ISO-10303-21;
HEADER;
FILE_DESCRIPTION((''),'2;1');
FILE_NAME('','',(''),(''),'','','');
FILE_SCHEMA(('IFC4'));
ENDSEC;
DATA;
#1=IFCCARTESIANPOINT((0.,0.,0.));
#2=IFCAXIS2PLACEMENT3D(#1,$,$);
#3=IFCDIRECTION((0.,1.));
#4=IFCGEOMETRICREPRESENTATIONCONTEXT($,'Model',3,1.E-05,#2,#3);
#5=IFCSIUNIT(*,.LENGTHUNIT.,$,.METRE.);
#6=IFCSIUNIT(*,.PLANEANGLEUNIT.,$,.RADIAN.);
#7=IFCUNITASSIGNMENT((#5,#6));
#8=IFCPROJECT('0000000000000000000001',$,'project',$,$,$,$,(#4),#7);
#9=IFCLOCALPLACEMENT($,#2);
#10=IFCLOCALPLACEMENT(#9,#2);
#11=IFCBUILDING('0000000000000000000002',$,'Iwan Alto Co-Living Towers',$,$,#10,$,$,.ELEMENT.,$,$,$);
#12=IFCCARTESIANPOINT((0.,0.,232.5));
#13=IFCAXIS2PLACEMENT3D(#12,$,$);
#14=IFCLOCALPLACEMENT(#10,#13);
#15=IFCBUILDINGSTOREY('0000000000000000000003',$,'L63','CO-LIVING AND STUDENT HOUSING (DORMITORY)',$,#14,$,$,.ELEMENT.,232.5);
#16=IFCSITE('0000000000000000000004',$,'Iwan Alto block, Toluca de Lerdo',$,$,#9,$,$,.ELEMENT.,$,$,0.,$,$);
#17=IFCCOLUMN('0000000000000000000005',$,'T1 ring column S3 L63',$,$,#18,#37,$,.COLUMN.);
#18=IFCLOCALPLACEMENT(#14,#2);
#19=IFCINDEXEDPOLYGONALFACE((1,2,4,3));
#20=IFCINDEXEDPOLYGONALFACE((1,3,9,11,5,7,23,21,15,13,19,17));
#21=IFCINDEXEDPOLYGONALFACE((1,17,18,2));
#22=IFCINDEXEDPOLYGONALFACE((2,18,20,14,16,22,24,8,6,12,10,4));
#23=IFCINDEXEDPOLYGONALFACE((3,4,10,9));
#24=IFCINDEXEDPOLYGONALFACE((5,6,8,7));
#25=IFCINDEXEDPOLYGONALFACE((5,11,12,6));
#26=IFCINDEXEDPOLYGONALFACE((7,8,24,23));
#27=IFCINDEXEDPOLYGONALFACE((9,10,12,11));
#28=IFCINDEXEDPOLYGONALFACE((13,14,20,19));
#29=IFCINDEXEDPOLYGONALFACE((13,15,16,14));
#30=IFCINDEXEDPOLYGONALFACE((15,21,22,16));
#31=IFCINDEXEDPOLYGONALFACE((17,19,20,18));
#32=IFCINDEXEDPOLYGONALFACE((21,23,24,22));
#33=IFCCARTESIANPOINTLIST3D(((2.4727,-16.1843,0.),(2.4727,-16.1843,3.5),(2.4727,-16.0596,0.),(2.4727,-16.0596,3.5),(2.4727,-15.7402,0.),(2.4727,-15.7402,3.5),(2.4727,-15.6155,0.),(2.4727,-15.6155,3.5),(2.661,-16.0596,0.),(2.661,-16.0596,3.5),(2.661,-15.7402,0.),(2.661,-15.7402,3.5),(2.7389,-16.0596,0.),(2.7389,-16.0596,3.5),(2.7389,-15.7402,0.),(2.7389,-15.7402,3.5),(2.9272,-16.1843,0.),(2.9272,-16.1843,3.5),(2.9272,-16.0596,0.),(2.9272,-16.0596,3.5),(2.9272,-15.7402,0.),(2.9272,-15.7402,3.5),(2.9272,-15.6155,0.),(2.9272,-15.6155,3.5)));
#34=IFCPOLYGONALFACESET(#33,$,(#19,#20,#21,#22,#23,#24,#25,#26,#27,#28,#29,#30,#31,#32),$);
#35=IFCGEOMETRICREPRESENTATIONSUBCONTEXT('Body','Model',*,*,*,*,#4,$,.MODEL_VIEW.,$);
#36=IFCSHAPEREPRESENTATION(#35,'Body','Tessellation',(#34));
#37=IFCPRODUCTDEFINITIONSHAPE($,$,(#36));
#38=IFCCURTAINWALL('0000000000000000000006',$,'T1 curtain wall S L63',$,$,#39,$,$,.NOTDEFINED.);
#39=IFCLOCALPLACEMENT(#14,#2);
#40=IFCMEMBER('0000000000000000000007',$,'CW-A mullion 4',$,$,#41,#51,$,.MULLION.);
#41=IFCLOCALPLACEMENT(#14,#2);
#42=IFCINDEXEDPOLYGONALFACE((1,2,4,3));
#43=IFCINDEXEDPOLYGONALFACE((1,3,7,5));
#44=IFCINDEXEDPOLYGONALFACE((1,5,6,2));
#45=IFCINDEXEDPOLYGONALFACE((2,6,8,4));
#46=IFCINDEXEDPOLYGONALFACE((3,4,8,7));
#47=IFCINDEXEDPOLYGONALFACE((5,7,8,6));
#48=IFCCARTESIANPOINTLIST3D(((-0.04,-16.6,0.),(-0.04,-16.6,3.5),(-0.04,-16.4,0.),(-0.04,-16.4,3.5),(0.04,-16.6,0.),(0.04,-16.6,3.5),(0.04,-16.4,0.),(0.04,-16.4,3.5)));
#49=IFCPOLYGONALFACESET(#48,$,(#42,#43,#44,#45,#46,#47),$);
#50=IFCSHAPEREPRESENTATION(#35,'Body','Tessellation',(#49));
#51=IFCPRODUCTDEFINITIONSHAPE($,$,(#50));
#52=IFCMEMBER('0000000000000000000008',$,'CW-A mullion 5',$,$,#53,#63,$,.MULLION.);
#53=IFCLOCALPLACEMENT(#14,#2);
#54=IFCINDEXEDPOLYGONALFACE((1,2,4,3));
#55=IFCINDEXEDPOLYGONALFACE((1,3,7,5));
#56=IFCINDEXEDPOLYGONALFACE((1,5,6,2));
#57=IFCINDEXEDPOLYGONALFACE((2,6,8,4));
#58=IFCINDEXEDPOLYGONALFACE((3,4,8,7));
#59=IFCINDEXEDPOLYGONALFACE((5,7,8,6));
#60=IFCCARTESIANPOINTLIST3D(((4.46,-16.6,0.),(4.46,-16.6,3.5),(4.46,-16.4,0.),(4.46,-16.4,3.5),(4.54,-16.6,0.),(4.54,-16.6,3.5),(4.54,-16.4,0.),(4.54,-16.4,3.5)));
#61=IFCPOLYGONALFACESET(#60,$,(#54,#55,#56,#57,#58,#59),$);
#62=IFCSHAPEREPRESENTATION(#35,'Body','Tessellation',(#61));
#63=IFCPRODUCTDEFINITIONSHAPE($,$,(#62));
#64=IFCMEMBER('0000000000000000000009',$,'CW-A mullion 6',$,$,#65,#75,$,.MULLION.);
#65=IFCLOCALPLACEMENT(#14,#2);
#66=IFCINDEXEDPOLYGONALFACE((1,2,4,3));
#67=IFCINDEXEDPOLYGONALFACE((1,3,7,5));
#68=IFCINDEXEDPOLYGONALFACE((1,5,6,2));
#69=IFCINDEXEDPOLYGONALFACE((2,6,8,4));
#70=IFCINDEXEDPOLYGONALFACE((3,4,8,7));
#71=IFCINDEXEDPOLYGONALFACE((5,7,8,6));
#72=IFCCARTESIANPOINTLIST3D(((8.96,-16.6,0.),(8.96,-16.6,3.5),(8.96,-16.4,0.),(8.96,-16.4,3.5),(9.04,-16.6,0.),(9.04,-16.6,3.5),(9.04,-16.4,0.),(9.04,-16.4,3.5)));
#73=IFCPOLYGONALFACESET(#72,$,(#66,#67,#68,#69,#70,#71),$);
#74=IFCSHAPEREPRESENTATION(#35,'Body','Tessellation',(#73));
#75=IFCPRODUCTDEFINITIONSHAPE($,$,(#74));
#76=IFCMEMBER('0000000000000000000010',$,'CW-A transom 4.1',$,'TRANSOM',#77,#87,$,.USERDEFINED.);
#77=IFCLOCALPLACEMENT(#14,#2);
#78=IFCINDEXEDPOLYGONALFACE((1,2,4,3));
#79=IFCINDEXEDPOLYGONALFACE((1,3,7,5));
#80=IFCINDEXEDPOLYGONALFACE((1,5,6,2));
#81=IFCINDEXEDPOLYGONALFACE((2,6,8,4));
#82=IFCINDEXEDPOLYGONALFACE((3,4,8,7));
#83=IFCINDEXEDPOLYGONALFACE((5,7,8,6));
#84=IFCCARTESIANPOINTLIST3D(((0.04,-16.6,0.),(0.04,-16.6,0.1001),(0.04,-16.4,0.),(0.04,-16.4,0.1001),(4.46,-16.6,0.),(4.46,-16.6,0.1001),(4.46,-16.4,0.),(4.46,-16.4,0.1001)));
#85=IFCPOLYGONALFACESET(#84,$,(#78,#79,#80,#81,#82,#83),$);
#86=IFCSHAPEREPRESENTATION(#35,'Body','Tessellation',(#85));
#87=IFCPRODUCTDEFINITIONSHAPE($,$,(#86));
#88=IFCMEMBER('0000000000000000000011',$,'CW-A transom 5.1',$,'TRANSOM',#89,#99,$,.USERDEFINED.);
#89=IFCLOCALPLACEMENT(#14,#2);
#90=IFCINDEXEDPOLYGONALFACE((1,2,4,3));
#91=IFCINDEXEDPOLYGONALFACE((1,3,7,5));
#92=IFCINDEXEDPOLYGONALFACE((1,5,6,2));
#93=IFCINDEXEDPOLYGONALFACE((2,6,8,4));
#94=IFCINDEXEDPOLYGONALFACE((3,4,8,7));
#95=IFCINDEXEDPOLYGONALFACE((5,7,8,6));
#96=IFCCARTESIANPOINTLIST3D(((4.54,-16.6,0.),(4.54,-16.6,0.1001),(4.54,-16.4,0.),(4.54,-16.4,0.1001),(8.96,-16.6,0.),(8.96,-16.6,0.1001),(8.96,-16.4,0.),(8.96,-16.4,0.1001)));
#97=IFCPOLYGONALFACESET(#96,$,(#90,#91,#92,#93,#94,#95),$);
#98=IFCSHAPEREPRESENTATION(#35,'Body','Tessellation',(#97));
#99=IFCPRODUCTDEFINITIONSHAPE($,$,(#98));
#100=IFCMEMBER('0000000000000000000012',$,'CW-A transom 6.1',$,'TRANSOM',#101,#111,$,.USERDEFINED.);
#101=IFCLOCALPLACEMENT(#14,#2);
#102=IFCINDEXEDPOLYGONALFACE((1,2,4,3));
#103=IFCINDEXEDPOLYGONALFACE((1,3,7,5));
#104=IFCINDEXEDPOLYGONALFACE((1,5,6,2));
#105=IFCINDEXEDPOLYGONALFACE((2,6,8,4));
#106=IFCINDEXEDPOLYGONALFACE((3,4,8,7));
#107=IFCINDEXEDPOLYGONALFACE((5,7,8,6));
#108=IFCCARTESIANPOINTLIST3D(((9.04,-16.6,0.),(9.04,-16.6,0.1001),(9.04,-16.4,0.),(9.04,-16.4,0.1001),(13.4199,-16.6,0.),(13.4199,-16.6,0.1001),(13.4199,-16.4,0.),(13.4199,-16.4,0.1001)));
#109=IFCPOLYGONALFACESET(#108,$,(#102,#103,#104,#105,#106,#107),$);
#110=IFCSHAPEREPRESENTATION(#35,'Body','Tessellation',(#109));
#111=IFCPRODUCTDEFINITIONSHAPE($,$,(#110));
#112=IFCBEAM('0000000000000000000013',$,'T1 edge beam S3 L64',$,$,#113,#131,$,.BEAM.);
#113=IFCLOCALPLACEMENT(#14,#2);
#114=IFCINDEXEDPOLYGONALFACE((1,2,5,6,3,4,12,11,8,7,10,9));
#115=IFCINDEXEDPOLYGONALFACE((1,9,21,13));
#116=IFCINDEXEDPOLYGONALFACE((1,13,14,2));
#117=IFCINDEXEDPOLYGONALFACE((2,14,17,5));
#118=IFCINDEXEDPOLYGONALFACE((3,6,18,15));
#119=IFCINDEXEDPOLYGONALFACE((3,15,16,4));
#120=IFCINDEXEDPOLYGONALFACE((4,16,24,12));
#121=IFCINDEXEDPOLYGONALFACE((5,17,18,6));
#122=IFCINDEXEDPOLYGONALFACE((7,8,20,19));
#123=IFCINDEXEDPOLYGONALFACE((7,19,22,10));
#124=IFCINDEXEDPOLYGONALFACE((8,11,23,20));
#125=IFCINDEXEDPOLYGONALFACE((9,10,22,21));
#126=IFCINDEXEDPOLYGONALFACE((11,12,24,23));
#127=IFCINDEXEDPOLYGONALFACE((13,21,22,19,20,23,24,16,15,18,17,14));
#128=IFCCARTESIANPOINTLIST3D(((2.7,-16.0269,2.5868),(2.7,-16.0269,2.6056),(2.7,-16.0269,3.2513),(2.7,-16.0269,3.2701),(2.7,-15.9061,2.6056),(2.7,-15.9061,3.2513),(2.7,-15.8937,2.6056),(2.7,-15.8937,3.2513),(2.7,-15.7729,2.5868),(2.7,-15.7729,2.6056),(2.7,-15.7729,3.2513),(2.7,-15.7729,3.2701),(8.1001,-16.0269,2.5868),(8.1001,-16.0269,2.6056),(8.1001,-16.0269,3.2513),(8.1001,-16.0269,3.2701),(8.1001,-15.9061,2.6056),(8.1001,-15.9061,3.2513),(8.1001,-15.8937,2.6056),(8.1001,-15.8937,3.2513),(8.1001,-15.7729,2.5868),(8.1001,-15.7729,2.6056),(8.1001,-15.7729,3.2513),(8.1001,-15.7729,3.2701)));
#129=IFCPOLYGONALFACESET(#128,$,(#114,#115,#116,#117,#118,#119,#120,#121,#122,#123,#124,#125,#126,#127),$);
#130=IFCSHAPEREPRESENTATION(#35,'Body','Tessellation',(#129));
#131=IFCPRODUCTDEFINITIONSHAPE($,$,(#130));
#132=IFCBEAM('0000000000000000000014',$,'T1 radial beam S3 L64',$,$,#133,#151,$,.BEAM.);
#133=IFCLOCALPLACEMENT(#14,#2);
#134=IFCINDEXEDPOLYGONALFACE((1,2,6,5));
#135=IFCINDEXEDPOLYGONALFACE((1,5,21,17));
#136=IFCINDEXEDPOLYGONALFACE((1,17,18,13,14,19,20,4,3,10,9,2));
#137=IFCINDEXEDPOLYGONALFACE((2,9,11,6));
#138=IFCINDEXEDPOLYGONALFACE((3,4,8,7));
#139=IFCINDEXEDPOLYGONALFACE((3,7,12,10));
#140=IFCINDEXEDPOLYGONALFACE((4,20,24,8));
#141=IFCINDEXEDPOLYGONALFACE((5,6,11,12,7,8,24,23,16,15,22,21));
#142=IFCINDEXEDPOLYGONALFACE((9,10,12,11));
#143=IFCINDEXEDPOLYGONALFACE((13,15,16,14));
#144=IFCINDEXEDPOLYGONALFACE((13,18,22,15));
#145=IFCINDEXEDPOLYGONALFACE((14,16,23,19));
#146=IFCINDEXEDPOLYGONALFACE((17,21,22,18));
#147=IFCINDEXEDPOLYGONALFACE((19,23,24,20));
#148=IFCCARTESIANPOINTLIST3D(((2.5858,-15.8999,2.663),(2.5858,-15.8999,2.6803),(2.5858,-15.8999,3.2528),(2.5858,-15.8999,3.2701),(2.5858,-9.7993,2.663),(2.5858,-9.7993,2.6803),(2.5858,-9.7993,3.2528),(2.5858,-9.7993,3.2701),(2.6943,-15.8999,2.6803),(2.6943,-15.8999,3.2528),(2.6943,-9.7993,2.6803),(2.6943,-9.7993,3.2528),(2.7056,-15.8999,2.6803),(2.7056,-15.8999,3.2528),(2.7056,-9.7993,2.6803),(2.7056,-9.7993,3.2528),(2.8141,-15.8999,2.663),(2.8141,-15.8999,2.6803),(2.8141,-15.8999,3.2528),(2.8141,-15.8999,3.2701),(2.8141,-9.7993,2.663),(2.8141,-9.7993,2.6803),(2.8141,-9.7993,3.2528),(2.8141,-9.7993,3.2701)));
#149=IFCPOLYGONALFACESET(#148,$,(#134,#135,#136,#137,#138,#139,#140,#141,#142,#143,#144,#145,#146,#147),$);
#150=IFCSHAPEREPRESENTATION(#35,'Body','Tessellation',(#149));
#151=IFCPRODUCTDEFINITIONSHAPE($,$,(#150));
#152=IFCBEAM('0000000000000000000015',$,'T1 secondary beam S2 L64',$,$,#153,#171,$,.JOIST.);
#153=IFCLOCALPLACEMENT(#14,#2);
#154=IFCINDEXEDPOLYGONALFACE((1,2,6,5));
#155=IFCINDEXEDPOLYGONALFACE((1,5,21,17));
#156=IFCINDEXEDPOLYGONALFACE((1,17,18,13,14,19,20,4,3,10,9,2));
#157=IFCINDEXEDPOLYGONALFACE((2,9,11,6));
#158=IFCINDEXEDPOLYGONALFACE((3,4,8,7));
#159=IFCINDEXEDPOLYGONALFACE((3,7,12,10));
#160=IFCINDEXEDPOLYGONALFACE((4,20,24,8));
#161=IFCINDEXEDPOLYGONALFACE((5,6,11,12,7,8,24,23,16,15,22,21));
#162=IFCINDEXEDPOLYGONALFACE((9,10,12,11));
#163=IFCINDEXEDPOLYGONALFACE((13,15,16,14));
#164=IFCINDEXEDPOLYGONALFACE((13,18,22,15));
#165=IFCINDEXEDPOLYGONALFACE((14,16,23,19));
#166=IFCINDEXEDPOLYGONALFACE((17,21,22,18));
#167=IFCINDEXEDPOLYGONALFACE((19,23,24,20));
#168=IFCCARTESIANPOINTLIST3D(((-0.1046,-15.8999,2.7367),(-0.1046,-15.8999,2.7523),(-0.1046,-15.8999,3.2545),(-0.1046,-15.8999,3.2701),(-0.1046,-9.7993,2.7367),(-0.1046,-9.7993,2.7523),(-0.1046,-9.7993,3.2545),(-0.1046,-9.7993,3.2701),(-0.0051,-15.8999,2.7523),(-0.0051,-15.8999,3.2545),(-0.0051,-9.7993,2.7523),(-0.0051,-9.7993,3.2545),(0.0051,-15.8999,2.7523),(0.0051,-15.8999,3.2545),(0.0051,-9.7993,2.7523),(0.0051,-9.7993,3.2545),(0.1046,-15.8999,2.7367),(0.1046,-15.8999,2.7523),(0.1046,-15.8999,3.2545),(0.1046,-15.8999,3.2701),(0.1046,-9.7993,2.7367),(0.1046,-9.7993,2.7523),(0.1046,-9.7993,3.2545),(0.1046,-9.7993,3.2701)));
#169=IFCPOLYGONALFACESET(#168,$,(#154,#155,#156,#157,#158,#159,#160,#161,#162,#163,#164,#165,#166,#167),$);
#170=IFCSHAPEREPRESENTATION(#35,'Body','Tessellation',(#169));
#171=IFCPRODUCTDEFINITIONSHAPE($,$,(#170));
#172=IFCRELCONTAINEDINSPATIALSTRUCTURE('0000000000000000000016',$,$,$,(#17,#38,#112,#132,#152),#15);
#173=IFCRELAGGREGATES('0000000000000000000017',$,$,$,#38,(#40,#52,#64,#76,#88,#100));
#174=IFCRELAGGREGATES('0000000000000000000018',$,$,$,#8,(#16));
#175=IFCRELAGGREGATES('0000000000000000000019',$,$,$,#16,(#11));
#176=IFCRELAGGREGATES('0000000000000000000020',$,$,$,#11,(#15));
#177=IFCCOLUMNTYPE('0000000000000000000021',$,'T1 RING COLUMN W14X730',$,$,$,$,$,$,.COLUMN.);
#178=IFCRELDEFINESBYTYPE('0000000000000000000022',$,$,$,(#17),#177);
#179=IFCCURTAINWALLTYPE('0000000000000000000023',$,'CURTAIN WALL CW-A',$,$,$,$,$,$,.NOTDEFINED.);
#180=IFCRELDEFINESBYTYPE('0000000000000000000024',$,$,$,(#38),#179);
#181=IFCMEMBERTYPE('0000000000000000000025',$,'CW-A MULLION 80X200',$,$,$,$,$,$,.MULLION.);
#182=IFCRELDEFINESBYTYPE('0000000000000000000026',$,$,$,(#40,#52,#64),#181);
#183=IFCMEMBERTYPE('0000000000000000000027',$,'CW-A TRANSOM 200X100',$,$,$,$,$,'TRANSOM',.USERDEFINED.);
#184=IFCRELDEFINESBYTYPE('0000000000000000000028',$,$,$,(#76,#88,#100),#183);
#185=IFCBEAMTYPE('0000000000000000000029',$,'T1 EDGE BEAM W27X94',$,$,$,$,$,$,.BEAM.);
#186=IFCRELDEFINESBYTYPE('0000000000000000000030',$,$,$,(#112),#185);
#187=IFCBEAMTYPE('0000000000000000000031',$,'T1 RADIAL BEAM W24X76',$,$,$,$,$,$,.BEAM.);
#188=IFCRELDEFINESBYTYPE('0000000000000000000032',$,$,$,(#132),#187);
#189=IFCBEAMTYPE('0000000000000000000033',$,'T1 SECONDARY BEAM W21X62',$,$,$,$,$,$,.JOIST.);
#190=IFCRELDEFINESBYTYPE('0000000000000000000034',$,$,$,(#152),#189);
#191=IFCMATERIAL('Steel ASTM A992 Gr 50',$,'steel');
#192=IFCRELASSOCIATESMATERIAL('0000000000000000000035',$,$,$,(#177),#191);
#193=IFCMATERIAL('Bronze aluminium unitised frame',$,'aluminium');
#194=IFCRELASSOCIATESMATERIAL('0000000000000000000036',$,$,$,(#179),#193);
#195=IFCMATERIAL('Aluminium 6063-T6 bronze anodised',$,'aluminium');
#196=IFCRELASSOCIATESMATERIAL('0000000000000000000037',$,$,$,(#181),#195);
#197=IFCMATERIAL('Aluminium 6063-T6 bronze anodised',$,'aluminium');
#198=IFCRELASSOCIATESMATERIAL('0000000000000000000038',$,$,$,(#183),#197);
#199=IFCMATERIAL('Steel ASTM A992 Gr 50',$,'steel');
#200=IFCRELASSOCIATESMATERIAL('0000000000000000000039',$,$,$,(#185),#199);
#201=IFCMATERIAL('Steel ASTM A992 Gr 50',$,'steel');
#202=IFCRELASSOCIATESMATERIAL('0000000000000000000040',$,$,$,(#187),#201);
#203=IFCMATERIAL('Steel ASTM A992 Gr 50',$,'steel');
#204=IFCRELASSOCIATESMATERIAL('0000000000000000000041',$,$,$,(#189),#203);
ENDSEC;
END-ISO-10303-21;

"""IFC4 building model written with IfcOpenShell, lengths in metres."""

from ifc_helpers import new_model, si_unit, direction, frame, origin, origin_2d, place, context, subcontext, project, spatial, rectangle, i_section, extrude, material, material_profile, profile_set, type_object, element, aggregate, save


model = new_model("IFC4")

# Units and contexts
model_context = context("Model", 3, precision=1e-05, world=origin(), true_north=direction((0.0, 1.0)))
body_context = subcontext(model_context, "Body", "Model", "MODEL_VIEW")
ifc_project = project(units=[si_unit("LENGTHUNIT", "METRE"), si_unit("PLANEANGLEUNIT", "RADIAN")], contexts=[model_context])

# Site, building, storey
site_placement = place(None, origin())
site = spatial("IfcSite", under=ifc_project, at=site_placement, Name="Iwan Alto block, Toluca de Lerdo", CompositionType="ELEMENT", RefElevation=0.0)
building_placement = place(site_placement, origin())
building = spatial("IfcBuilding", under=site, at=building_placement, Name="Iwan Alto Co-Living Towers", CompositionType="ELEMENT")
storey_placement = place(building_placement, frame((0.0, 0.0, 232.5)))
storey = spatial("IfcBuildingStorey", under=building, at=storey_placement, Name="L63", Description="CO-LIVING AND STUDENT HOUSING (DORMITORY)", CompositionType="ELEMENT", Elevation=232.5)

# Column
ifc_material_1 = material(Name="Steel ASTM A992 Gr 50", Category="steel")
ifc_material_profile_1 = material_profile(ifc_material_1, i_section(OverallWidth=0.4546, OverallDepth=0.5688, WebThickness=0.0779, FlangeThickness=0.1248, at=origin_2d()), Name="W14X730")
ifc_profile_set_1 = profile_set([ifc_material_profile_1], Name="Steel ASTM A992 Gr 50")
column_type = type_object("IfcColumnType", Name="T1 RING COLUMN W14X730", PredefinedType="COLUMN", material=ifc_profile_set_1)
column_placement = place(storey_placement, frame((2.7, -15.8999, 0.0), z_axis=(0.0, 0.0, 1.0), x_axis=(1.0, 0.0, 0.0)))
element("IfcColumn", 1, at=column_placement, inside=storey, type_object=column_type, Name="T1 ring column S3 L63", PredefinedType="COLUMN", context=body_context, shape_type="SweptSolid", body=[
    extrude(i_section(OverallWidth=0.4546, OverallDepth=0.5688, WebThickness=0.0779, FlangeThickness=0.1248, at=origin_2d()), origin(), (0.0, 0.0, 1.0), 3.5),
])

# Curtain wall, members
ifc_material_2 = material(Name="Bronze aluminium unitised frame", Category="aluminium")
curtain_wall_type = type_object("IfcCurtainWallType", Name="CURTAIN WALL CW-A", PredefinedType="NOTDEFINED", material=ifc_material_2)
curtain_wall_placement = place(storey_placement, origin())
curtain_wall = element("IfcCurtainWall", 2, at=curtain_wall_placement, inside=storey, type_object=curtain_wall_type, Name="T1 curtain wall S L63", PredefinedType="NOTDEFINED")
ifc_material_3 = material(Name="Aluminium 6063-T6 bronze anodised", Category="aluminium")
ifc_material_profile_2 = material_profile(ifc_material_3, rectangle(XDim=0.2, YDim=0.0801, at=origin_2d()), Name="AL 80X200")
ifc_profile_set_2 = profile_set([ifc_material_profile_2], Name="Aluminium 6063-T6 bronze anodised")
member_type_1 = type_object("IfcMemberType", Name="CW-A MULLION 80X200", PredefinedType="MULLION", material=ifc_profile_set_2)
member_1_placement = place(storey_placement, frame((0.0, -16.5, 0.0), z_axis=(0.0, 0.0, 1.0), x_axis=(0.0, 1.0, 0.0)))
member_1 = element("IfcMember", 3, at=member_1_placement, type_object=member_type_1, Name="CW-A mullion 4", PredefinedType="MULLION", context=body_context, shape_type="SweptSolid", body=[
    extrude(rectangle(XDim=0.2, YDim=0.0801, at=origin_2d()), origin(), (0.0, 0.0, 1.0), 3.5),
])
member_2_placement = place(storey_placement, frame((4.5, -16.5, 0.0), z_axis=(0.0, 0.0, 1.0), x_axis=(0.0, 1.0, 0.0)))
member_2 = element("IfcMember", 4, at=member_2_placement, type_object=member_type_1, Name="CW-A mullion 5", PredefinedType="MULLION", context=body_context, shape_type="SweptSolid", body=[
    extrude(rectangle(XDim=0.2, YDim=0.0801, at=origin_2d()), origin(), (0.0, 0.0, 1.0), 3.5),
])
member_3_placement = place(storey_placement, frame((9.0, -16.5, 0.0), z_axis=(0.0, 0.0, 1.0), x_axis=(0.0, 1.0, 0.0)))
member_3 = element("IfcMember", 5, at=member_3_placement, type_object=member_type_1, Name="CW-A mullion 6", PredefinedType="MULLION", context=body_context, shape_type="SweptSolid", body=[
    extrude(rectangle(XDim=0.2, YDim=0.0801, at=origin_2d()), origin(), (0.0, 0.0, 1.0), 3.5),
])
ifc_material_4 = material(Name="Aluminium 6063-T6 bronze anodised", Category="aluminium")
ifc_material_profile_3 = material_profile(ifc_material_4, rectangle(XDim=0.2, YDim=0.1001, at=origin_2d()), Name="AL 200X100")
ifc_profile_set_3 = profile_set([ifc_material_profile_3], Name="Aluminium 6063-T6 bronze anodised")
member_type_2 = type_object("IfcMemberType", Name="CW-A TRANSOM 200X100", ElementType="TRANSOM", PredefinedType="USERDEFINED", material=ifc_profile_set_3)
member_4_placement = place(storey_placement, frame((0.04, -16.5, 0.05), z_axis=(1.0, 0.0, 0.0), x_axis=(0.0, 1.0, 0.0)))
member_4 = element("IfcMember", 6, at=member_4_placement, type_object=member_type_2, Name="CW-A transom 4.1", ObjectType="TRANSOM", PredefinedType="USERDEFINED", context=body_context, shape_type="SweptSolid", body=[
    extrude(rectangle(XDim=0.2, YDim=0.1001, at=origin_2d()), origin(), (0.0, 0.0, 1.0), 4.4199),
])
member_5_placement = place(storey_placement, frame((4.54, -16.5, 0.05), z_axis=(1.0, 0.0, 0.0), x_axis=(0.0, 1.0, 0.0)))
member_5 = element("IfcMember", 7, at=member_5_placement, type_object=member_type_2, Name="CW-A transom 5.1", ObjectType="TRANSOM", PredefinedType="USERDEFINED", context=body_context, shape_type="SweptSolid", body=[
    extrude(rectangle(XDim=0.2, YDim=0.1001, at=origin_2d()), origin(), (0.0, 0.0, 1.0), 4.4199),
])
member_6_placement = place(storey_placement, frame((9.04, -16.5, 0.05), z_axis=(1.0, 0.0, 0.0), x_axis=(0.0, 1.0, 0.0)))
member_6 = element("IfcMember", 8, at=member_6_placement, type_object=member_type_2, Name="CW-A transom 6.1", ObjectType="TRANSOM", PredefinedType="USERDEFINED", context=body_context, shape_type="SweptSolid", body=[
    extrude(rectangle(XDim=0.2, YDim=0.1001, at=origin_2d()), origin(), (0.0, 0.0, 1.0), 4.3799),
])

# Beams
ifc_material_5 = material(Name="Steel ASTM A992 Gr 50", Category="steel")
ifc_material_profile_4 = material_profile(ifc_material_5, i_section(OverallWidth=0.2539, OverallDepth=0.6833, WebThickness=0.0125, FlangeThickness=0.0188, at=origin_2d()), Name="W27X94")
ifc_profile_set_4 = profile_set([ifc_material_profile_4], Name="Steel ASTM A992 Gr 50")
beam_type_1 = type_object("IfcBeamType", Name="T1 EDGE BEAM W27X94", PredefinedType="BEAM", material=ifc_profile_set_4)
beam_1_placement = place(storey_placement, frame((2.7, -15.8999, 2.9285), z_axis=(1.0, 0.0, 0.0), x_axis=(0.0, 1.0, 0.0)))
element("IfcBeam", 9, at=beam_1_placement, inside=storey, type_object=beam_type_1, Name="T1 edge beam S3 L64", PredefinedType="BEAM", context=body_context, shape_type="SweptSolid", body=[
    extrude(i_section(OverallWidth=0.2539, OverallDepth=0.6833, WebThickness=0.0125, FlangeThickness=0.0188, at=origin_2d()), origin(), (0.0, 0.0, 1.0), 5.4001),
])
ifc_material_6 = material(Name="Steel ASTM A992 Gr 50", Category="steel")
ifc_material_profile_5 = material_profile(ifc_material_6, i_section(OverallWidth=0.2283, OverallDepth=0.6072, WebThickness=0.0112, FlangeThickness=0.0173, at=origin_2d()), Name="W24X76")
ifc_profile_set_5 = profile_set([ifc_material_profile_5], Name="Steel ASTM A992 Gr 50")
beam_type_2 = type_object("IfcBeamType", Name="T1 RADIAL BEAM W24X76", PredefinedType="BEAM", material=ifc_profile_set_5)
beam_2_placement = place(storey_placement, frame((2.7, -15.8999, 2.9666), z_axis=(0.0, 1.0, 0.0), x_axis=(-1.0, 0.0, 0.0)))
element("IfcBeam", 10, at=beam_2_placement, inside=storey, type_object=beam_type_2, Name="T1 radial beam S3 L64", PredefinedType="BEAM", context=body_context, shape_type="SweptSolid", body=[
    extrude(i_section(OverallWidth=0.2283, OverallDepth=0.6072, WebThickness=0.0112, FlangeThickness=0.0173, at=origin_2d()), origin(), (0.0, 0.0, 1.0), 6.1006),
])
ifc_material_7 = material(Name="Steel ASTM A992 Gr 50", Category="steel")
ifc_material_profile_6 = material_profile(ifc_material_7, i_section(OverallWidth=0.2092, OverallDepth=0.5334, WebThickness=0.0103, FlangeThickness=0.0156, at=origin_2d()), Name="W21X62")
ifc_profile_set_6 = profile_set([ifc_material_profile_6], Name="Steel ASTM A992 Gr 50")
beam_type_3 = type_object("IfcBeamType", Name="T1 SECONDARY BEAM W21X62", PredefinedType="JOIST", material=ifc_profile_set_6)
for number, where, z_axis, x_axis, name in (
    (11, (0.0, -15.8999, 3.0034), (0.0, 1.0, 0.0), (-1.0, 0.0, 0.0), "T1 secondary beam S2 L64"),
):
    element("IfcBeam", number, at=place(storey_placement, frame(where, z_axis=z_axis, x_axis=x_axis)), inside=storey, type_object=beam_type_3, Name=name, PredefinedType="JOIST", context=body_context, shape_type="SweptSolid", body=[
        extrude(i_section(OverallWidth=0.2092, OverallDepth=0.5334, WebThickness=0.0103, FlangeThickness=0.0156, at=origin_2d()), origin(), (0.0, 0.0, 1.0), 6.1006),
    ])

aggregate(curtain_wall, [member_1, member_2, member_3, member_4, member_5, member_6])

save(model, "model.ifc")
